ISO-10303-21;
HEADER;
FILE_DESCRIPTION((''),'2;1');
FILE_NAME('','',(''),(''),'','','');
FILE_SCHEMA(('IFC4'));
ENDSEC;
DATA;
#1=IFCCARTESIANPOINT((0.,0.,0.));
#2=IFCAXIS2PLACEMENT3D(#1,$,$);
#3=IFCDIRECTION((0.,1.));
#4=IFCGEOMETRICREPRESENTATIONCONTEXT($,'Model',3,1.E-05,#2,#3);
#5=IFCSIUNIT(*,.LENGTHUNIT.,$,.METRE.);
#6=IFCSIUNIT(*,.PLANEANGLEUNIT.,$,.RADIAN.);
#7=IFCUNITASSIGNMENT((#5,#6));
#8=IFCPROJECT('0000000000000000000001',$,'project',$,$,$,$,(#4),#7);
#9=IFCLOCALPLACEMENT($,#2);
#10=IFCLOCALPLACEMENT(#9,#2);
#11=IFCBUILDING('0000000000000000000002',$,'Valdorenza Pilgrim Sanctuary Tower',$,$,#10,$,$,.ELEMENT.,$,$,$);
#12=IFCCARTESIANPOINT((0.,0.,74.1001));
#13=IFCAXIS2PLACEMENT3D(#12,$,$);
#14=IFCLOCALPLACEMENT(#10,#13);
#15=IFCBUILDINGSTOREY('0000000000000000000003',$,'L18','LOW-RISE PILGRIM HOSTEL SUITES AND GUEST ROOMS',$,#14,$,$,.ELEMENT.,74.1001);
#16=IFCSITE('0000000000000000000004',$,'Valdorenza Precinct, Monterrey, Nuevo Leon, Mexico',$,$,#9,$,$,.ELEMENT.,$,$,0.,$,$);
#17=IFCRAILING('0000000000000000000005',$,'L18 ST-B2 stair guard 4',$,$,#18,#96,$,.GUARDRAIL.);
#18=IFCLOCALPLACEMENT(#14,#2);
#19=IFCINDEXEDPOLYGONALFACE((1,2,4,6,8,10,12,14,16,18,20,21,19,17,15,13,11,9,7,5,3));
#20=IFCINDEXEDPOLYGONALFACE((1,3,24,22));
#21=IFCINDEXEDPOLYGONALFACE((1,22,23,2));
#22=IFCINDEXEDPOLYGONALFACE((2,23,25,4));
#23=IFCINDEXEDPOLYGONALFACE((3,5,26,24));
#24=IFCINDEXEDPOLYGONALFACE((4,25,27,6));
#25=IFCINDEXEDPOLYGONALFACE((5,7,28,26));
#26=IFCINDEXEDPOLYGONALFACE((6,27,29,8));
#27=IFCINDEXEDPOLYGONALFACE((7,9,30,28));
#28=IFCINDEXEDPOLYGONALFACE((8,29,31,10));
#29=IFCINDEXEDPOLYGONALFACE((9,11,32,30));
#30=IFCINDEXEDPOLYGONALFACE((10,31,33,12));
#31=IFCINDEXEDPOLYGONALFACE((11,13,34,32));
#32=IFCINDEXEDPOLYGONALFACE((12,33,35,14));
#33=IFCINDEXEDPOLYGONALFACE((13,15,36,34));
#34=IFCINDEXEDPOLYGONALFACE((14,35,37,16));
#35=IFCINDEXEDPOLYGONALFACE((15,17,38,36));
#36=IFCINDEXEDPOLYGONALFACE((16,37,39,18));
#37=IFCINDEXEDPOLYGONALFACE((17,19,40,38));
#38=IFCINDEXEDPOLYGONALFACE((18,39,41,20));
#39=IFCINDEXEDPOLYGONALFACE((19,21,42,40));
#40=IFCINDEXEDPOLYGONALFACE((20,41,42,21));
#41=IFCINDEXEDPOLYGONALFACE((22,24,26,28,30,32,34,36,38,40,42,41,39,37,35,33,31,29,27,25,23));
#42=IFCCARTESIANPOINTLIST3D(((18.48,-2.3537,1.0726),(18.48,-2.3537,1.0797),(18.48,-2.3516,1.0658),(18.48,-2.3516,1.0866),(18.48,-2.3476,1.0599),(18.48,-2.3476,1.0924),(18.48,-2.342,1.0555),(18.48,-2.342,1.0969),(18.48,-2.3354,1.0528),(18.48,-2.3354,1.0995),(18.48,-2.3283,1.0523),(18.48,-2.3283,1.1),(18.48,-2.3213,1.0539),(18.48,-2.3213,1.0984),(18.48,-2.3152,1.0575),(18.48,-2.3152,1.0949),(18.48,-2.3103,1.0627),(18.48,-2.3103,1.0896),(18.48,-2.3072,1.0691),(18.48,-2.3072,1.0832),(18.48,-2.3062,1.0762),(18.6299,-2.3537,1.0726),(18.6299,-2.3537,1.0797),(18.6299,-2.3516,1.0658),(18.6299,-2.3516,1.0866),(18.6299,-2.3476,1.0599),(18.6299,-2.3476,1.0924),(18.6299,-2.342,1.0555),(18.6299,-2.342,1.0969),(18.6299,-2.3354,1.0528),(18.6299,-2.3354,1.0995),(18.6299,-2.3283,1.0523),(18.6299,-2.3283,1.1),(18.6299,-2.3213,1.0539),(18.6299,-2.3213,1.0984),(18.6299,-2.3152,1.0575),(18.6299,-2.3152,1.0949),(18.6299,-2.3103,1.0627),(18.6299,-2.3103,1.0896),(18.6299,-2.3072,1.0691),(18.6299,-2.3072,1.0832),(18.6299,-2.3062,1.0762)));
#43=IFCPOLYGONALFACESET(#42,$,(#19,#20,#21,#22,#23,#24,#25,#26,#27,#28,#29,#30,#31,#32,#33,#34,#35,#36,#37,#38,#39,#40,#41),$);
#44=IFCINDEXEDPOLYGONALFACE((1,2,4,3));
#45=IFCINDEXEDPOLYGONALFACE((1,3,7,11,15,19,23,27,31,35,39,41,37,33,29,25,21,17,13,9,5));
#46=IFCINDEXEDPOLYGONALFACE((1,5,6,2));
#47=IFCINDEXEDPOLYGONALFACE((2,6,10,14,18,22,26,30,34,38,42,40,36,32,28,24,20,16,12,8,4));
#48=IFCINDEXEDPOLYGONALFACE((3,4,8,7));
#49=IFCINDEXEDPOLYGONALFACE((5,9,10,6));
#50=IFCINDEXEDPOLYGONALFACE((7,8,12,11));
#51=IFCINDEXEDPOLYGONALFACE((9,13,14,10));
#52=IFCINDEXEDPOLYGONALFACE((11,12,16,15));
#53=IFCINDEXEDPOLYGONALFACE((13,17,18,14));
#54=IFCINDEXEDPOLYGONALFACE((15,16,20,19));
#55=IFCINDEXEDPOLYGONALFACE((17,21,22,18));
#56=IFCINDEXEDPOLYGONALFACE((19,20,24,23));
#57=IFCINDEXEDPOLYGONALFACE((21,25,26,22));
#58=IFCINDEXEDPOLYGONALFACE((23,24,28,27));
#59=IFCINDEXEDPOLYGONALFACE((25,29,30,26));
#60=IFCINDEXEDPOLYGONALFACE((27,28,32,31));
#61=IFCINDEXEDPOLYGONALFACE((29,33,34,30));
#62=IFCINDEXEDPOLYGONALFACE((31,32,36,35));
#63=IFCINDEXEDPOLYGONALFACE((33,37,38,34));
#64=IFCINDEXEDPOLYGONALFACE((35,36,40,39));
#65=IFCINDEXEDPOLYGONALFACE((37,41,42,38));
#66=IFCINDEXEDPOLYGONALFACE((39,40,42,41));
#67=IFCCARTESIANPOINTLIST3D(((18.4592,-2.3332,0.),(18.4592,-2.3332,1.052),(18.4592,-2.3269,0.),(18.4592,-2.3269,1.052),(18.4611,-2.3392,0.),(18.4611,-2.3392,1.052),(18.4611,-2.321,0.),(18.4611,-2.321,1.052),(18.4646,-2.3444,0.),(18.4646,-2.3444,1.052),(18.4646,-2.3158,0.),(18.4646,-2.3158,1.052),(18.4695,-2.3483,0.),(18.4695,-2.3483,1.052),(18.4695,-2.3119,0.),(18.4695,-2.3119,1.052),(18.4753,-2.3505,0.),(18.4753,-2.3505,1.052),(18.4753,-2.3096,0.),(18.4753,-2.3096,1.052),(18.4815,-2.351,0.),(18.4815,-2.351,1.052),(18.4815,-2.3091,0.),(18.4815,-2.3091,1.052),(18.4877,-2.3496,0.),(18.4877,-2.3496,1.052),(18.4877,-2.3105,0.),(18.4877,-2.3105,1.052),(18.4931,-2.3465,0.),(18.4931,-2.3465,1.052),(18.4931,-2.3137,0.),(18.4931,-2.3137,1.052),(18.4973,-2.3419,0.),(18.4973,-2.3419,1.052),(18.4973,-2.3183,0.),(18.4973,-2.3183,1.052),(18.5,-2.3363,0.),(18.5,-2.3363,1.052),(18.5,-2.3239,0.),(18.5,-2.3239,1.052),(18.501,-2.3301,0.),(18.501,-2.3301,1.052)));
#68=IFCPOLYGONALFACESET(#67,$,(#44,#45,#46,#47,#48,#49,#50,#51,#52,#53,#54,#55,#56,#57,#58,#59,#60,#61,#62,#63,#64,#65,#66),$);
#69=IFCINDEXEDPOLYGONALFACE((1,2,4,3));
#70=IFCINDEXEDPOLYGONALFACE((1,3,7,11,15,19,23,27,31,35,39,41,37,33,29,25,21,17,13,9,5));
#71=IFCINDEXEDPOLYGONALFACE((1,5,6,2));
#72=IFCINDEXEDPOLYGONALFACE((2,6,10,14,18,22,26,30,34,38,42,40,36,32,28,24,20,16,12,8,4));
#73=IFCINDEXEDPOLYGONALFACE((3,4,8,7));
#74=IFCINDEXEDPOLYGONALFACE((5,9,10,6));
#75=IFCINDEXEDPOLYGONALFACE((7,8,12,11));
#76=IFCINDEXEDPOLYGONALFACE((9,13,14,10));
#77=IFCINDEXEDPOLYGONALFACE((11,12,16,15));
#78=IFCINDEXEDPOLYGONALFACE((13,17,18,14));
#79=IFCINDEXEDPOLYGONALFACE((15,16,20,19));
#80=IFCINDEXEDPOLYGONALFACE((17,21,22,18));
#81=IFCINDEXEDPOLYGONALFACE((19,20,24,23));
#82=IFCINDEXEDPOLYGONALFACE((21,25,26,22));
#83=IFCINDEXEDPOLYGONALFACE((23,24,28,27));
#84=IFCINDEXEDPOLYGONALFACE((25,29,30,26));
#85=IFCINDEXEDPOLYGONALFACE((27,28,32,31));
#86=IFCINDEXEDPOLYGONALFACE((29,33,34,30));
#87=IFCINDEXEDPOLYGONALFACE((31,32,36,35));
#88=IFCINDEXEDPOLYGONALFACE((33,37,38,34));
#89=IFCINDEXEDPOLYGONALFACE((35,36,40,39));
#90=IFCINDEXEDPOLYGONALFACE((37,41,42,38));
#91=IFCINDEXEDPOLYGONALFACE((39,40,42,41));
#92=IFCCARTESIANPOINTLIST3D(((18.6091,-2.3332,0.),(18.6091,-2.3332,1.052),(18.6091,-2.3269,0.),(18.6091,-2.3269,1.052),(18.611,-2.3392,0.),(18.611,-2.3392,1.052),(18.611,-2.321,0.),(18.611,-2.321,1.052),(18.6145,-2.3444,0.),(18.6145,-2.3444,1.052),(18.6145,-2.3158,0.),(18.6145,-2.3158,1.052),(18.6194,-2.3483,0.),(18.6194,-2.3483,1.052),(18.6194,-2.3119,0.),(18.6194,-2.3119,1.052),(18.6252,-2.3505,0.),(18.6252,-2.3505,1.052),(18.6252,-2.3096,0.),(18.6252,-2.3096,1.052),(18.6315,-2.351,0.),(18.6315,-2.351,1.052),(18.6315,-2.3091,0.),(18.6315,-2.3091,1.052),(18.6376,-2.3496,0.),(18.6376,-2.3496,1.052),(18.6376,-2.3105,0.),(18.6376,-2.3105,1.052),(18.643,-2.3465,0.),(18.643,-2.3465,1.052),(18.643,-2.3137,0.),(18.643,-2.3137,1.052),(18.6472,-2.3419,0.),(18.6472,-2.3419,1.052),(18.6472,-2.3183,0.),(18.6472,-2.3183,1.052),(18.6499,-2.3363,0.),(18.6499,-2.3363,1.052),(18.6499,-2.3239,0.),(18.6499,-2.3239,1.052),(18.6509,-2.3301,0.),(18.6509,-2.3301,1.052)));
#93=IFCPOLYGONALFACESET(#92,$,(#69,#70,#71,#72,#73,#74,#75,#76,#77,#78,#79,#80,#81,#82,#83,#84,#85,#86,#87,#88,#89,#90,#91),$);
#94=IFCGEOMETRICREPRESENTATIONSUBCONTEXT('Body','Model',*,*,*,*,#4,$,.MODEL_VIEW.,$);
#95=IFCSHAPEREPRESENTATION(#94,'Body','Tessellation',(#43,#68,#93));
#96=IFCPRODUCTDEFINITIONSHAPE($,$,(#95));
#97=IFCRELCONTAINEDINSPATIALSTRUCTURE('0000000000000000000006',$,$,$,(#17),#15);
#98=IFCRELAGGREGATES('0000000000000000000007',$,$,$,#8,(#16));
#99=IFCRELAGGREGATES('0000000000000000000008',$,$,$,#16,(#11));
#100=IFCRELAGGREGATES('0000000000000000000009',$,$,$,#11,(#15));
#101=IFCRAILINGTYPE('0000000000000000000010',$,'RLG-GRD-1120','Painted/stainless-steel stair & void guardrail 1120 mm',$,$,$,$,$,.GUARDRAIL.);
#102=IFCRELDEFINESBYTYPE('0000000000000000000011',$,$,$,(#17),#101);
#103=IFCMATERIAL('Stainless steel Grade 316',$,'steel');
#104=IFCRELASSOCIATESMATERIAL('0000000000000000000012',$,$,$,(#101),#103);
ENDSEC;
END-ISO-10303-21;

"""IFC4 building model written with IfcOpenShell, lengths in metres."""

from ifc_helpers import new_model, si_unit, direction, frame, origin, origin_2d, place, context, subcontext, project, spatial, circle, extrude, material, type_object, element, save


model = new_model("IFC4")

# Units and contexts
model_context = context("Model", 3, precision=1e-05, world=origin(), true_north=direction((0.0, 1.0)))
body_context = subcontext(model_context, "Body", "Model", "MODEL_VIEW")
ifc_project = project(units=[si_unit("LENGTHUNIT", "METRE"), si_unit("PLANEANGLEUNIT", "RADIAN")], contexts=[model_context])

# Site, building, storey
site_placement = place(None, origin())
site = spatial("IfcSite", under=ifc_project, at=site_placement, Name="Valdorenza Precinct, Monterrey, Nuevo Leon, Mexico", CompositionType="ELEMENT", RefElevation=0.0)
building_placement = place(site_placement, origin())
building = spatial("IfcBuilding", under=site, at=building_placement, Name="Valdorenza Pilgrim Sanctuary Tower", CompositionType="ELEMENT")
storey_placement = place(building_placement, frame((0.0, 0.0, 74.1001)))
storey = spatial("IfcBuildingStorey", under=building, at=storey_placement, Name="L18", Description="LOW-RISE PILGRIM HOSTEL SUITES AND GUEST ROOMS", CompositionType="ELEMENT", Elevation=74.1001)

# Railing
ifc_material_1 = material(Name="Stainless steel Grade 316", Category="steel")
railing_type_1 = type_object("IfcRailingType", Name="RLG-GRD-1120", Description="Painted/stainless-steel stair & void guardrail 1120 mm", PredefinedType="GUARDRAIL", material=ifc_material_1)
railing_1_placement = place(storey_placement, frame((18.48, -2.3301, 0.0)))
element("IfcRailing", 1, at=railing_1_placement, inside=storey, type_object=railing_type_1, Name="L18 ST-B2 stair guard 4", PredefinedType="GUARDRAIL", context=body_context, shape_type="SweptSolid", body=[
    extrude(circle(Radius=0.0239, at=origin_2d()), frame((0.0, 0.0, 1.0762), z_axis=(1.0, 0.0, 0.0), x_axis=(0.0, 1.0, 0.0)), (0.0, 0.0, 1.0), 0.1499),
    extrude(circle(Radius=0.021, at=origin_2d()), origin(), (0.0, 0.0, 1.0), 1.052),
    extrude(circle(Radius=0.021, at=origin_2d()), frame((0.1499, 0.0, 0.0)), (0.0, 0.0, 1.0), 1.052),
])

save(model, "model.ifc")
